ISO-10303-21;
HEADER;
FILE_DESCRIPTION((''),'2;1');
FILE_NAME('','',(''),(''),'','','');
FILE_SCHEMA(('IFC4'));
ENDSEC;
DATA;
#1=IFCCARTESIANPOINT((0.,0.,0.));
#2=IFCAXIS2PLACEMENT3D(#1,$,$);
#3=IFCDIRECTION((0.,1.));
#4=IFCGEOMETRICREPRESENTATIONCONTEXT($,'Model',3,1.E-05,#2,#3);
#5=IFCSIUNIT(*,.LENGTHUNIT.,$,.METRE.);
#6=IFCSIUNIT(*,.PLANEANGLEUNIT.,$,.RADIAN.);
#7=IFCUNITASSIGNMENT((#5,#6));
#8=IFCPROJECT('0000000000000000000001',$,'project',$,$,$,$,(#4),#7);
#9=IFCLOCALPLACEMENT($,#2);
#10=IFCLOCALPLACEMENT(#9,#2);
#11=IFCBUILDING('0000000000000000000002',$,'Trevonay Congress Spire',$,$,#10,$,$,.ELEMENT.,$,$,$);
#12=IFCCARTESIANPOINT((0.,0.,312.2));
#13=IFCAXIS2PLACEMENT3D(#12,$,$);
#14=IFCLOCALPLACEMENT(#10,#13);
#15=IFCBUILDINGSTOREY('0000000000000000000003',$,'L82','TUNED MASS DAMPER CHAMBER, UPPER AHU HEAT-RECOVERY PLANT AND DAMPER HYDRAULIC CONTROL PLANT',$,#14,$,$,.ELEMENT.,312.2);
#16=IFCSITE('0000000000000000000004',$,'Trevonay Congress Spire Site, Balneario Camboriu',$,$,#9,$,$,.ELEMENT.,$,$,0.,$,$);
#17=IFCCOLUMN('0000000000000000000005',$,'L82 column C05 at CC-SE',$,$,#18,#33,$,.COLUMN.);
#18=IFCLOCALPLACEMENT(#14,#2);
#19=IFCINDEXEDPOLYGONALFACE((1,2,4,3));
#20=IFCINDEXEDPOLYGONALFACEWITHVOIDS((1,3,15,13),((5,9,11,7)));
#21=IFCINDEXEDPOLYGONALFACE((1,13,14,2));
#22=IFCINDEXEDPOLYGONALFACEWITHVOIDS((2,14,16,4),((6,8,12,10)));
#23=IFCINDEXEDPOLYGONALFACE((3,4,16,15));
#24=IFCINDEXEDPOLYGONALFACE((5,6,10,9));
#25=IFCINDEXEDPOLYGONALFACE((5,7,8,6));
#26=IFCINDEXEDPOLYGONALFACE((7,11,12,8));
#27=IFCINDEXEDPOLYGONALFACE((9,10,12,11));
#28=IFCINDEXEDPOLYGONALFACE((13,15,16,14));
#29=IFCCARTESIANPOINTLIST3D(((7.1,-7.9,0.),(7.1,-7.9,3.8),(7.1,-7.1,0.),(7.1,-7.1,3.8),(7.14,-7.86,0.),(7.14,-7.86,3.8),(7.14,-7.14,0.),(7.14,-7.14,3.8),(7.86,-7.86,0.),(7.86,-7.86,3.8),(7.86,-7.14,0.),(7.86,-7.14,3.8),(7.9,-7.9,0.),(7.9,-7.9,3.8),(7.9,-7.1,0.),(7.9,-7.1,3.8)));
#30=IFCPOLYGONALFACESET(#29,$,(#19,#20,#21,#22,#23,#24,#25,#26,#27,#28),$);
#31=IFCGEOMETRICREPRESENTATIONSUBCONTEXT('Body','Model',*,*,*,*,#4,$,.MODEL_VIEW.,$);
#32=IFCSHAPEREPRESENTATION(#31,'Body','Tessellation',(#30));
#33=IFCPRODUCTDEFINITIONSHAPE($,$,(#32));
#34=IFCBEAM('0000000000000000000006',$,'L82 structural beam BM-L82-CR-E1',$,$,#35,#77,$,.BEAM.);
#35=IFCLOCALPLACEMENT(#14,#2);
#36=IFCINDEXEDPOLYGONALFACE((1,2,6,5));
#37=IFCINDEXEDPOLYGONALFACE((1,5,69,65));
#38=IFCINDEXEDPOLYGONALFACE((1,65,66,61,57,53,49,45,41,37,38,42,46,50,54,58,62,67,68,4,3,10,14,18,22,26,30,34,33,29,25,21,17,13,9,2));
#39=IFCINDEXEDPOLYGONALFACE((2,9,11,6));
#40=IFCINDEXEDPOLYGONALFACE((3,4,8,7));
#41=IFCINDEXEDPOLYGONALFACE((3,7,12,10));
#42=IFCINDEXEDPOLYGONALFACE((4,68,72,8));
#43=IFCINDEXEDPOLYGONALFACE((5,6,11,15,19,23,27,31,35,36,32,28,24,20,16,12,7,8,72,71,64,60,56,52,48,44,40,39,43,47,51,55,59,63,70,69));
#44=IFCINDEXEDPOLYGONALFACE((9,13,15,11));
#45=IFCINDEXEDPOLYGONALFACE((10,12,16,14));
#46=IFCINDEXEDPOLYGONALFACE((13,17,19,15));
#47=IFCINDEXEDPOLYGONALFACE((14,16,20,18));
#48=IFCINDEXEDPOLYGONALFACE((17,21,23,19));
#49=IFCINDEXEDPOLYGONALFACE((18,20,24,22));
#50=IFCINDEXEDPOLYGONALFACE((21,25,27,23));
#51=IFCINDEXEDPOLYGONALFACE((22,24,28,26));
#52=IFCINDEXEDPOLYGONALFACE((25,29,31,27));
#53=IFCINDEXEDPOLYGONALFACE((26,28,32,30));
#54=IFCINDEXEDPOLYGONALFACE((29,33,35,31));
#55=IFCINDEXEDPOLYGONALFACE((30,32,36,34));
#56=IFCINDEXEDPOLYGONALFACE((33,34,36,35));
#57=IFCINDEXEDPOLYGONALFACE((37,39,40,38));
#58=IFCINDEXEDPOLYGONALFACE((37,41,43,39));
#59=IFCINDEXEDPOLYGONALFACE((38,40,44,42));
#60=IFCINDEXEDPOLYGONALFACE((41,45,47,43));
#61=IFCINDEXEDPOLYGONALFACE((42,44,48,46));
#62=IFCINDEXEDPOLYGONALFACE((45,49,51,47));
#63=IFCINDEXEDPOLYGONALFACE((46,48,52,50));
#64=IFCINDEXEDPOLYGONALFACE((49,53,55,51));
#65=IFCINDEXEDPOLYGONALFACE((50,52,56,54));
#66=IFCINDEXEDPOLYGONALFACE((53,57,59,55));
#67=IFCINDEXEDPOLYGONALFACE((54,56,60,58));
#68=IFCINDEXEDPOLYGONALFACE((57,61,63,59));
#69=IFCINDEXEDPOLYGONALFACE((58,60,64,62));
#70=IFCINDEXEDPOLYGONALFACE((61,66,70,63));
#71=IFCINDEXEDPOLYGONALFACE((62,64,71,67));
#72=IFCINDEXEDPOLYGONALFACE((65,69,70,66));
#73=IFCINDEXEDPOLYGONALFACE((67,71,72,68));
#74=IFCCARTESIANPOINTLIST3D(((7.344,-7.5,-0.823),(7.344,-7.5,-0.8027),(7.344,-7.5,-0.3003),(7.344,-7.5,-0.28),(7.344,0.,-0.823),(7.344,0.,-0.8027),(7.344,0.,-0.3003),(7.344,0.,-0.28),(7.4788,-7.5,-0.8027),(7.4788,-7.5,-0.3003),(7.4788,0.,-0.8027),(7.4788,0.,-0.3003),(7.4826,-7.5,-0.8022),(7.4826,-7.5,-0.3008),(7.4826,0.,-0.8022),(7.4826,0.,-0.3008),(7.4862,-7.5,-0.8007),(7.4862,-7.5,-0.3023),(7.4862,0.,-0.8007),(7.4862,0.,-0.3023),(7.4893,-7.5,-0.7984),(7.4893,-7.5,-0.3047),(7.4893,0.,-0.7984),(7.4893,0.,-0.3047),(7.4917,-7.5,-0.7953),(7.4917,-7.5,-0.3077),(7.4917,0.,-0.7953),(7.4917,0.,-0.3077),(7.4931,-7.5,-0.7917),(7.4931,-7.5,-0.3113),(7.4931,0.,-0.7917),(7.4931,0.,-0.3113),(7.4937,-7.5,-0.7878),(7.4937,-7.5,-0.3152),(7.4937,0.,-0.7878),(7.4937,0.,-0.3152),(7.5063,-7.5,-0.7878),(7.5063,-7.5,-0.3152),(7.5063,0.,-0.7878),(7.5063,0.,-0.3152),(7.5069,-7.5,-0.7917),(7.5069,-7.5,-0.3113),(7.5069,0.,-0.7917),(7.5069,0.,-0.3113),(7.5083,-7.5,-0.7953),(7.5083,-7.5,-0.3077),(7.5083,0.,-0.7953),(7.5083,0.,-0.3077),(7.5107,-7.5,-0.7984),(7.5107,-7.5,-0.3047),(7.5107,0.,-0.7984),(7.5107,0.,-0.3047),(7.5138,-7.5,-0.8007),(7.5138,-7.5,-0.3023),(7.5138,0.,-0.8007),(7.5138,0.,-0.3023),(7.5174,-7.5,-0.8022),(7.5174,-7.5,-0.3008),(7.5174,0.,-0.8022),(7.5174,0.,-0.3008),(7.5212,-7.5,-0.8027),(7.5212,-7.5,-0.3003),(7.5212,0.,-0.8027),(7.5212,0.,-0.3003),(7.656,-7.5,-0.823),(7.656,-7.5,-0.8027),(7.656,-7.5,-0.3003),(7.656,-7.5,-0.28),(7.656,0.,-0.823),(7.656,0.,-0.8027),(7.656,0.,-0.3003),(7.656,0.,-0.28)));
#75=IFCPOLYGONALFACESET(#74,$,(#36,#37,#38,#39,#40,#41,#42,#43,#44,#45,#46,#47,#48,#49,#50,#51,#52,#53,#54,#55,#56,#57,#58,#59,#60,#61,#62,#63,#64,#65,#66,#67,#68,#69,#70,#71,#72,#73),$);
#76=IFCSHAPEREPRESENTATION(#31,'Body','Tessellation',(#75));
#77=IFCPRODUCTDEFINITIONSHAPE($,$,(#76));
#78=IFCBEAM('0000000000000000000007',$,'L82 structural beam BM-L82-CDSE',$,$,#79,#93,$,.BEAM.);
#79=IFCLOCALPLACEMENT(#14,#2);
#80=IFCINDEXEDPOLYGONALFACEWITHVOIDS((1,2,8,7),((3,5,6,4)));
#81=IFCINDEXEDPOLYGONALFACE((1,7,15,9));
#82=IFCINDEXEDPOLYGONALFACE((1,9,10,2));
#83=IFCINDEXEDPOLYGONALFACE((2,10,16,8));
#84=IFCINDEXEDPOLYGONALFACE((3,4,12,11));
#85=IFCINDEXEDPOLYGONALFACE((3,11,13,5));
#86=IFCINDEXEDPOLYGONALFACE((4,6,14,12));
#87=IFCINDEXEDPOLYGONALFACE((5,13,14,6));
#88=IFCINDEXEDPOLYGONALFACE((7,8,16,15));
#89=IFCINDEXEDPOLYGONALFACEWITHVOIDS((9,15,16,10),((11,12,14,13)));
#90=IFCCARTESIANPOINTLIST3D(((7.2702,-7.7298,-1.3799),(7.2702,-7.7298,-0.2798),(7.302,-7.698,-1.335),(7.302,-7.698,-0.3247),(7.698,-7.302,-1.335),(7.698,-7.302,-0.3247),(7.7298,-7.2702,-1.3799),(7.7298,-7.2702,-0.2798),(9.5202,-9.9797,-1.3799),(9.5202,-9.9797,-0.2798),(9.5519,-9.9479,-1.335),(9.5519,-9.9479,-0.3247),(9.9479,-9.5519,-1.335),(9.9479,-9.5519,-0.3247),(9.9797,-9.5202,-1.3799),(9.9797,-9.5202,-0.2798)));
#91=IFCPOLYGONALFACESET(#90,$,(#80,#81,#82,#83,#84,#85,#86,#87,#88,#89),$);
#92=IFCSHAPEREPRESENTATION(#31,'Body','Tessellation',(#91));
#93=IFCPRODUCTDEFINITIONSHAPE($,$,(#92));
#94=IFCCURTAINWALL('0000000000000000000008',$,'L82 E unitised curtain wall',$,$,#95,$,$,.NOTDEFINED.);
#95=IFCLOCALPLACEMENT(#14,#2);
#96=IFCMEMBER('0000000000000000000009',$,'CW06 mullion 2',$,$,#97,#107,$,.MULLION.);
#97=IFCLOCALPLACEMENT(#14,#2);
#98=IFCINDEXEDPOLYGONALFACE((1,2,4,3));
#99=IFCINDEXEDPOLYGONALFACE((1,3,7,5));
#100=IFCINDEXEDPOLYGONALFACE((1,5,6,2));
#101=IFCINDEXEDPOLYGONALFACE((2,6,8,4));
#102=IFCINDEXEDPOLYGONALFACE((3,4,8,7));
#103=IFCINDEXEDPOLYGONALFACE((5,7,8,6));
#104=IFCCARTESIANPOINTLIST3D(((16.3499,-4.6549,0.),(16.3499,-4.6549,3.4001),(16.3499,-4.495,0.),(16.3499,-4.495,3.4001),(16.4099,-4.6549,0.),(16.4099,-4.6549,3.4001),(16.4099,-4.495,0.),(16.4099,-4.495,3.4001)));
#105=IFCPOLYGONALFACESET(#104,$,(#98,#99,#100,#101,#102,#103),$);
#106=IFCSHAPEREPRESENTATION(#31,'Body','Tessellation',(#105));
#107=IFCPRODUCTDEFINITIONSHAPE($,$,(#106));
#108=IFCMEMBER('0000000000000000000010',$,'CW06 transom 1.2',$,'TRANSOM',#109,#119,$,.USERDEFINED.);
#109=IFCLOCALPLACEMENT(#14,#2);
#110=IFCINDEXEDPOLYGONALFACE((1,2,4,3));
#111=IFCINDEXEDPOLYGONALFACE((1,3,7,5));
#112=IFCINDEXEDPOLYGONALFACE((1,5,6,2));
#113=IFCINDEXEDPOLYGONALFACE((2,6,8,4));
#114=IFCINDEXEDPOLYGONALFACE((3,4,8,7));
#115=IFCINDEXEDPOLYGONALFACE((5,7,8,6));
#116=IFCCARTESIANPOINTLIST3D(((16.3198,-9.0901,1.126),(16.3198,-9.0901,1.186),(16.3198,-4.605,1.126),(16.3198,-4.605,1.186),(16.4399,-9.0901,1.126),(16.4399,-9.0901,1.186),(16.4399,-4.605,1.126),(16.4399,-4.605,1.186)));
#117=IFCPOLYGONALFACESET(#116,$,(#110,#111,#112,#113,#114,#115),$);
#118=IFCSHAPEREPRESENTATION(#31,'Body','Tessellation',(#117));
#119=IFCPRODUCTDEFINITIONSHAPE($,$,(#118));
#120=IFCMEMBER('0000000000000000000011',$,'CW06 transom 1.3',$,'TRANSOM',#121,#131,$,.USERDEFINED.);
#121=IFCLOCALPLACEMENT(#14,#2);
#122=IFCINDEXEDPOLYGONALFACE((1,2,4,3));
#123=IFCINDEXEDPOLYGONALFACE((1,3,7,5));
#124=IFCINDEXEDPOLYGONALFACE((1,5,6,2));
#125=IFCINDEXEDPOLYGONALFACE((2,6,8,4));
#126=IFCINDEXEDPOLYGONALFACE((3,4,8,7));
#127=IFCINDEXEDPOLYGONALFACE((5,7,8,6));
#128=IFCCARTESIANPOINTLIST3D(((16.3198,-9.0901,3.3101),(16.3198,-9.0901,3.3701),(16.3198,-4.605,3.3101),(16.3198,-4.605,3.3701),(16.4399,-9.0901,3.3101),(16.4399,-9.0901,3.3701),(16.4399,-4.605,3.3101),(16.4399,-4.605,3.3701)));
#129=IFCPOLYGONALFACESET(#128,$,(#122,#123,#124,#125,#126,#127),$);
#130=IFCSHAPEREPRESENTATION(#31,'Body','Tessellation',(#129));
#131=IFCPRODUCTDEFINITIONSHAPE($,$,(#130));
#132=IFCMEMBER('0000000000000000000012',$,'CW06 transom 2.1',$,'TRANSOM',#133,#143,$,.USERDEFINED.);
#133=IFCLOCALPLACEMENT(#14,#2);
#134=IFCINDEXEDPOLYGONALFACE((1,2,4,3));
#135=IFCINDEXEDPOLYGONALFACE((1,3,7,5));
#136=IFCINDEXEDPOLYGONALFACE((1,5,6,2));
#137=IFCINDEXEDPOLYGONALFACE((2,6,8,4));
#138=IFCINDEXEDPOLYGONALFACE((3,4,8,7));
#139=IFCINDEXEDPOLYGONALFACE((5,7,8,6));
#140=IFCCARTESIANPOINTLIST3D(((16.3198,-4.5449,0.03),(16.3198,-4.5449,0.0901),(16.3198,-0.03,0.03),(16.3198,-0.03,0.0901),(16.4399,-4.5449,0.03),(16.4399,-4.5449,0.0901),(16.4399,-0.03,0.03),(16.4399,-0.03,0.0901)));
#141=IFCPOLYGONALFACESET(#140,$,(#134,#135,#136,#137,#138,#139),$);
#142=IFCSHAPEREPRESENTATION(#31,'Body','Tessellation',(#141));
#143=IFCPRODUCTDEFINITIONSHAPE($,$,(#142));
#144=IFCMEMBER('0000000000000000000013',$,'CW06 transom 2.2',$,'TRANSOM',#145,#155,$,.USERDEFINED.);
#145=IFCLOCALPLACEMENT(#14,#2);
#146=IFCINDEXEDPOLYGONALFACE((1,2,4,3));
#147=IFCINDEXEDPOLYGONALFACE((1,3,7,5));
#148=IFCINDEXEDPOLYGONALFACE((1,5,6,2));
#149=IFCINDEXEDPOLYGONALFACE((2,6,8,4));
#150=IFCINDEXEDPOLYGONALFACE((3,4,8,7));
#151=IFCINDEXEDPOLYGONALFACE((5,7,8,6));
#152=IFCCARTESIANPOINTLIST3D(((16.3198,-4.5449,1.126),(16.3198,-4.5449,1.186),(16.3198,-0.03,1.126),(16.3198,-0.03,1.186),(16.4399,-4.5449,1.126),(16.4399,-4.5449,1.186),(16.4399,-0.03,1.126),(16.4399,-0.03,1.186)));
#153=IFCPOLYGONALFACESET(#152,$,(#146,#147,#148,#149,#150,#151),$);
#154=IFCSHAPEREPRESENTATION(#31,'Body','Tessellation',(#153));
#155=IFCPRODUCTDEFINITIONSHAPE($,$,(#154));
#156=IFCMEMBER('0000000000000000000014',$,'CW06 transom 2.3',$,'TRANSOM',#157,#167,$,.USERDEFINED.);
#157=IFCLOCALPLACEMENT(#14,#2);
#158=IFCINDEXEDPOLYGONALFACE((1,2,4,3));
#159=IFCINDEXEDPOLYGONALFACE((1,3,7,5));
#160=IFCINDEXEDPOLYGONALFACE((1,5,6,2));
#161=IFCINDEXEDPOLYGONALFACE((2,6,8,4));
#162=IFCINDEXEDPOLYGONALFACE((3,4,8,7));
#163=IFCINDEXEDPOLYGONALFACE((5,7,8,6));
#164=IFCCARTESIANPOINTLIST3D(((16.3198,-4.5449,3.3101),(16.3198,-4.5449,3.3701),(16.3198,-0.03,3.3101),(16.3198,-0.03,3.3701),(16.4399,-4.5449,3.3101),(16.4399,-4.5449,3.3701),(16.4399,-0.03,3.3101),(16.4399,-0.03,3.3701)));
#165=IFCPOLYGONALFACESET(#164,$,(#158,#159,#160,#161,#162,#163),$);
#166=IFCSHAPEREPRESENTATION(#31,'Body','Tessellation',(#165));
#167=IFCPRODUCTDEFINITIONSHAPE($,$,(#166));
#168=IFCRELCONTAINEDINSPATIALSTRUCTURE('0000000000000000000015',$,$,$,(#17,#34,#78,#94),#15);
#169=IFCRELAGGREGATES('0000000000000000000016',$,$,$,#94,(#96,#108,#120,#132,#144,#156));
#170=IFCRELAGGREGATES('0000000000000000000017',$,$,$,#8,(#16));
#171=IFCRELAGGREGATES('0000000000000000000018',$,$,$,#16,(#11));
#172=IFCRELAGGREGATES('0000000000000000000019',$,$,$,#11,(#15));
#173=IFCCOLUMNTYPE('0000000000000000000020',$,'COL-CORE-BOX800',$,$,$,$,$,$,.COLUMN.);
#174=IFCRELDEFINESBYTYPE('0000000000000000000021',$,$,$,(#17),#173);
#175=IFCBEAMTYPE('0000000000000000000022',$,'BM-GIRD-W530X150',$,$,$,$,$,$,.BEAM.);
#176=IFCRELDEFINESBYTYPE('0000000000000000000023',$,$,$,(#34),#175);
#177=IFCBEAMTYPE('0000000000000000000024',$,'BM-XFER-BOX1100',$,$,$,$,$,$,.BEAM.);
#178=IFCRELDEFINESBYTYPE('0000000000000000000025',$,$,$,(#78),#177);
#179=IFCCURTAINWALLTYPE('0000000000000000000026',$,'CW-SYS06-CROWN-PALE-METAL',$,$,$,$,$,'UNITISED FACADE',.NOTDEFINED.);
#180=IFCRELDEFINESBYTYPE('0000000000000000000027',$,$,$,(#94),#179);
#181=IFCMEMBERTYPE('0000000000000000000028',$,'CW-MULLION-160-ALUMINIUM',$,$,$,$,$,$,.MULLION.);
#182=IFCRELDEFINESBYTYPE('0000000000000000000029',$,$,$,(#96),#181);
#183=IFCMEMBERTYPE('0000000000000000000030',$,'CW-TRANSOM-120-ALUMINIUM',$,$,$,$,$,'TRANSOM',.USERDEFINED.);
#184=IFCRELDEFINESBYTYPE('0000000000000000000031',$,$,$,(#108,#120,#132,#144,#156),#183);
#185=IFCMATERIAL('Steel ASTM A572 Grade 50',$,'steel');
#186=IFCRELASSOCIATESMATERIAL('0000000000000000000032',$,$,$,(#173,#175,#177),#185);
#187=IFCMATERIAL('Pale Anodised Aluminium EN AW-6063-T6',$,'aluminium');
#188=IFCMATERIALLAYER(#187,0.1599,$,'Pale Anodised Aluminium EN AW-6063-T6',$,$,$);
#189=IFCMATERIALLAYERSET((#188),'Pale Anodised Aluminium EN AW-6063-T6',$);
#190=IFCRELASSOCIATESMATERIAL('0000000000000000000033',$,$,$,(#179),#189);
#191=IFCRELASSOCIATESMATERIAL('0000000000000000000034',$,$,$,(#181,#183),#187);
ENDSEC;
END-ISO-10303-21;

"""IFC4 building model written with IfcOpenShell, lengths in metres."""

from ifc_helpers import new_model, si_unit, direction, frame, origin, origin_2d, place, context, subcontext, project, spatial, rectangle, hollow_rectangle, i_section, extrude, material, layer, layer_set, material_profile, profile_set, type_object, element, aggregate, save


model = new_model("IFC4")

# Units and contexts
model_context = context("Model", 3, precision=1e-05, world=origin(), true_north=direction((0.0, 1.0)))
body_context = subcontext(model_context, "Body", "Model", "MODEL_VIEW")
ifc_project = project(units=[si_unit("LENGTHUNIT", "METRE"), si_unit("PLANEANGLEUNIT", "RADIAN")], contexts=[model_context])

# Site, building, storey
site_placement = place(None, origin())
site = spatial("IfcSite", under=ifc_project, at=site_placement, Name="Trevonay Congress Spire Site, Balneario Camboriu", CompositionType="ELEMENT", RefElevation=0.0)
building_placement = place(site_placement, origin())
building = spatial("IfcBuilding", under=site, at=building_placement, Name="Trevonay Congress Spire", CompositionType="ELEMENT")
storey_placement = place(building_placement, frame((0.0, 0.0, 312.2)))
storey = spatial("IfcBuildingStorey", under=building, at=storey_placement, Name="L82", Description="TUNED MASS DAMPER CHAMBER, UPPER AHU HEAT-RECOVERY PLANT AND DAMPER HYDRAULIC CONTROL PLANT", CompositionType="ELEMENT", Elevation=312.2)

# Column
ifc_material_1 = material(Name="Steel ASTM A572 Grade 50", Category="steel")
ifc_material_profile_1 = material_profile(ifc_material_1, hollow_rectangle(XDim=0.8, YDim=0.8, WallThickness=0.04, at=origin_2d()), Name="BOX 800x800x40")
ifc_profile_set_1 = profile_set([ifc_material_profile_1], Name="Steel ASTM A572 Grade 50")
column_type = type_object("IfcColumnType", Name="COL-CORE-BOX800", PredefinedType="COLUMN", material=ifc_profile_set_1)
column_placement = place(storey_placement, frame((7.5, -7.5, 0.0), z_axis=(0.0, 0.0, 1.0), x_axis=(1.0, 0.0, 0.0)))
element("IfcColumn", 1, at=column_placement, inside=storey, type_object=column_type, Name="L82 column C05 at CC-SE", PredefinedType="COLUMN", context=body_context, shape_type="SweptSolid", body=[
    extrude(hollow_rectangle(XDim=0.8, YDim=0.8, WallThickness=0.04, at=origin_2d()), origin(), (0.0, 0.0, 1.0), 3.8),
])

# Beams
ifc_material_profile_2 = material_profile(ifc_material_1, i_section(OverallWidth=0.312, OverallDepth=0.543, WebThickness=0.0127, FlangeThickness=0.0203, FilletRadius=0.0149, at=origin_2d()), Name="W530x150")
ifc_profile_set_2 = profile_set([ifc_material_profile_2], Name="Steel ASTM A572 Grade 50")
beam_type_1 = type_object("IfcBeamType", Name="BM-GIRD-W530X150", PredefinedType="BEAM", material=ifc_profile_set_2)
beam_1_placement = place(storey_placement, frame((7.5, -7.5, -0.5515), z_axis=(0.0, 1.0, 0.0), x_axis=(-1.0, 0.0, 0.0)))
element("IfcBeam", 2, at=beam_1_placement, inside=storey, type_object=beam_type_1, Name="L82 structural beam BM-L82-CR-E1", PredefinedType="BEAM", context=body_context, shape_type="SweptSolid", body=[
    extrude(i_section(OverallWidth=0.312, OverallDepth=0.543, WebThickness=0.0127, FlangeThickness=0.0203, FilletRadius=0.0149, at=origin_2d()), origin(), (0.0, 0.0, 1.0), 7.5),
])
ifc_material_profile_3 = material_profile(ifc_material_1, hollow_rectangle(XDim=0.6499, YDim=1.1001, WallThickness=0.0449, at=origin_2d()), Name="BOX 1100x650x45")
ifc_profile_set_3 = profile_set([ifc_material_profile_3], Name="Steel ASTM A572 Grade 50")
beam_type_2 = type_object("IfcBeamType", Name="BM-XFER-BOX1100", PredefinedType="BEAM", material=ifc_profile_set_3)
beam_2_placement = place(storey_placement, frame((7.5, -7.5, -0.8298), z_axis=(0.707107, -0.707107, 0.0), x_axis=(0.707107, 0.707107, 0.0)))
element("IfcBeam", 3, at=beam_2_placement, inside=storey, type_object=beam_type_2, Name="L82 structural beam BM-L82-CDSE", PredefinedType="BEAM", context=body_context, shape_type="SweptSolid", body=[
    extrude(hollow_rectangle(XDim=0.6499, YDim=1.1001, WallThickness=0.0449, at=origin_2d()), origin(), (0.0, 0.0, 1.0), 3.1819),
])

# Curtain wall, members
ifc_material_2 = material(Name="Pale Anodised Aluminium EN AW-6063-T6", Category="aluminium")
ifc_layer_1 = layer(ifc_material_2, 0.1599, Name="Pale Anodised Aluminium EN AW-6063-T6")
ifc_layer_set_1 = layer_set([ifc_layer_1], Name="Pale Anodised Aluminium EN AW-6063-T6")
curtain_wall_type = type_object("IfcCurtainWallType", Name="CW-SYS06-CROWN-PALE-METAL", ElementType="UNITISED FACADE", PredefinedType="NOTDEFINED", material=ifc_layer_set_1)
curtain_wall_placement = place(storey_placement, origin())
curtain_wall = element("IfcCurtainWall", 4, at=curtain_wall_placement, inside=storey, type_object=curtain_wall_type, Name="L82 E unitised curtain wall", PredefinedType="NOTDEFINED")
ifc_material_profile_4 = material_profile(ifc_material_2, rectangle(XDim=0.0601, YDim=0.1599, at=origin_2d()), Name="CW-MULLION-160-ALUMINIUM")
ifc_profile_set_4 = profile_set([ifc_material_profile_4], Name="Pale Anodised Aluminium EN AW-6063-T6")
member_type_1 = type_object("IfcMemberType", Name="CW-MULLION-160-ALUMINIUM", PredefinedType="MULLION", material=ifc_profile_set_4)
member_1_placement = place(storey_placement, frame((16.3799, -4.575, 0.0), z_axis=(0.0, 0.0, 1.0), x_axis=(-1.0, 0.0, 0.0)))
member_1 = element("IfcMember", 5, at=member_1_placement, type_object=member_type_1, Name="CW06 mullion 2", PredefinedType="MULLION", context=body_context, shape_type="SweptSolid", body=[
    extrude(rectangle(XDim=0.0601, YDim=0.1599, at=origin_2d()), origin(), (0.0, 0.0, 1.0), 3.4001),
])
ifc_material_profile_5 = material_profile(ifc_material_2, rectangle(XDim=0.1201, YDim=0.0601, at=origin_2d()), Name="CW-TRANSOM-120-ALUMINIUM")
ifc_profile_set_5 = profile_set([ifc_material_profile_5], Name="Pale Anodised Aluminium EN AW-6063-T6")
member_type_2 = type_object("IfcMemberType", Name="CW-TRANSOM-120-ALUMINIUM", ElementType="TRANSOM", PredefinedType="USERDEFINED", material=ifc_profile_set_5)
member_2_placement = place(storey_placement, frame((16.3799, -9.0901, 1.156), z_axis=(0.0, 1.0, 0.0), x_axis=(-1.0, 0.0, 0.0)))
member_2 = element("IfcMember", 6, at=member_2_placement, type_object=member_type_2, Name="CW06 transom 1.2", ObjectType="TRANSOM", PredefinedType="USERDEFINED", context=body_context, shape_type="SweptSolid", body=[
    extrude(rectangle(XDim=0.1201, YDim=0.0601, at=origin_2d()), origin(), (0.0, 0.0, 1.0), 4.4851),
])
member_3_placement = place(storey_placement, frame((16.3799, -9.0901, 3.3401), z_axis=(0.0, 1.0, 0.0), x_axis=(-1.0, 0.0, 0.0)))
member_3 = element("IfcMember", 7, at=member_3_placement, type_object=member_type_2, Name="CW06 transom 1.3", ObjectType="TRANSOM", PredefinedType="USERDEFINED", context=body_context, shape_type="SweptSolid", body=[
    extrude(rectangle(XDim=0.1201, YDim=0.0601, at=origin_2d()), origin(), (0.0, 0.0, 1.0), 4.4851),
])
member_4_placement = place(storey_placement, frame((16.3799, -4.5449, 0.0601), z_axis=(0.0, 1.0, 0.0), x_axis=(-1.0, 0.0, 0.0)))
member_4 = element("IfcMember", 8, at=member_4_placement, type_object=member_type_2, Name="CW06 transom 2.1", ObjectType="TRANSOM", PredefinedType="USERDEFINED", context=body_context, shape_type="SweptSolid", body=[
    extrude(rectangle(XDim=0.1201, YDim=0.0601, at=origin_2d()), origin(), (0.0, 0.0, 1.0), 4.5149),
])
member_5_placement = place(storey_placement, frame((16.3799, -4.5449, 1.156), z_axis=(0.0, 1.0, 0.0), x_axis=(-1.0, 0.0, 0.0)))
member_5 = element("IfcMember", 9, at=member_5_placement, type_object=member_type_2, Name="CW06 transom 2.2", ObjectType="TRANSOM", PredefinedType="USERDEFINED", context=body_context, shape_type="SweptSolid", body=[
    extrude(rectangle(XDim=0.1201, YDim=0.0601, at=origin_2d()), origin(), (0.0, 0.0, 1.0), 4.5149),
])
member_6_placement = place(storey_placement, frame((16.3799, -4.5449, 3.3401), z_axis=(0.0, 1.0, 0.0), x_axis=(-1.0, 0.0, 0.0)))
member_6 = element("IfcMember", 10, at=member_6_placement, type_object=member_type_2, Name="CW06 transom 2.3", ObjectType="TRANSOM", PredefinedType="USERDEFINED", context=body_context, shape_type="SweptSolid", body=[
    extrude(rectangle(XDim=0.1201, YDim=0.0601, at=origin_2d()), origin(), (0.0, 0.0, 1.0), 4.5149),
])

aggregate(curtain_wall, [member_1, member_2, member_3, member_4, member_5, member_6])

save(model, "model.ifc")
